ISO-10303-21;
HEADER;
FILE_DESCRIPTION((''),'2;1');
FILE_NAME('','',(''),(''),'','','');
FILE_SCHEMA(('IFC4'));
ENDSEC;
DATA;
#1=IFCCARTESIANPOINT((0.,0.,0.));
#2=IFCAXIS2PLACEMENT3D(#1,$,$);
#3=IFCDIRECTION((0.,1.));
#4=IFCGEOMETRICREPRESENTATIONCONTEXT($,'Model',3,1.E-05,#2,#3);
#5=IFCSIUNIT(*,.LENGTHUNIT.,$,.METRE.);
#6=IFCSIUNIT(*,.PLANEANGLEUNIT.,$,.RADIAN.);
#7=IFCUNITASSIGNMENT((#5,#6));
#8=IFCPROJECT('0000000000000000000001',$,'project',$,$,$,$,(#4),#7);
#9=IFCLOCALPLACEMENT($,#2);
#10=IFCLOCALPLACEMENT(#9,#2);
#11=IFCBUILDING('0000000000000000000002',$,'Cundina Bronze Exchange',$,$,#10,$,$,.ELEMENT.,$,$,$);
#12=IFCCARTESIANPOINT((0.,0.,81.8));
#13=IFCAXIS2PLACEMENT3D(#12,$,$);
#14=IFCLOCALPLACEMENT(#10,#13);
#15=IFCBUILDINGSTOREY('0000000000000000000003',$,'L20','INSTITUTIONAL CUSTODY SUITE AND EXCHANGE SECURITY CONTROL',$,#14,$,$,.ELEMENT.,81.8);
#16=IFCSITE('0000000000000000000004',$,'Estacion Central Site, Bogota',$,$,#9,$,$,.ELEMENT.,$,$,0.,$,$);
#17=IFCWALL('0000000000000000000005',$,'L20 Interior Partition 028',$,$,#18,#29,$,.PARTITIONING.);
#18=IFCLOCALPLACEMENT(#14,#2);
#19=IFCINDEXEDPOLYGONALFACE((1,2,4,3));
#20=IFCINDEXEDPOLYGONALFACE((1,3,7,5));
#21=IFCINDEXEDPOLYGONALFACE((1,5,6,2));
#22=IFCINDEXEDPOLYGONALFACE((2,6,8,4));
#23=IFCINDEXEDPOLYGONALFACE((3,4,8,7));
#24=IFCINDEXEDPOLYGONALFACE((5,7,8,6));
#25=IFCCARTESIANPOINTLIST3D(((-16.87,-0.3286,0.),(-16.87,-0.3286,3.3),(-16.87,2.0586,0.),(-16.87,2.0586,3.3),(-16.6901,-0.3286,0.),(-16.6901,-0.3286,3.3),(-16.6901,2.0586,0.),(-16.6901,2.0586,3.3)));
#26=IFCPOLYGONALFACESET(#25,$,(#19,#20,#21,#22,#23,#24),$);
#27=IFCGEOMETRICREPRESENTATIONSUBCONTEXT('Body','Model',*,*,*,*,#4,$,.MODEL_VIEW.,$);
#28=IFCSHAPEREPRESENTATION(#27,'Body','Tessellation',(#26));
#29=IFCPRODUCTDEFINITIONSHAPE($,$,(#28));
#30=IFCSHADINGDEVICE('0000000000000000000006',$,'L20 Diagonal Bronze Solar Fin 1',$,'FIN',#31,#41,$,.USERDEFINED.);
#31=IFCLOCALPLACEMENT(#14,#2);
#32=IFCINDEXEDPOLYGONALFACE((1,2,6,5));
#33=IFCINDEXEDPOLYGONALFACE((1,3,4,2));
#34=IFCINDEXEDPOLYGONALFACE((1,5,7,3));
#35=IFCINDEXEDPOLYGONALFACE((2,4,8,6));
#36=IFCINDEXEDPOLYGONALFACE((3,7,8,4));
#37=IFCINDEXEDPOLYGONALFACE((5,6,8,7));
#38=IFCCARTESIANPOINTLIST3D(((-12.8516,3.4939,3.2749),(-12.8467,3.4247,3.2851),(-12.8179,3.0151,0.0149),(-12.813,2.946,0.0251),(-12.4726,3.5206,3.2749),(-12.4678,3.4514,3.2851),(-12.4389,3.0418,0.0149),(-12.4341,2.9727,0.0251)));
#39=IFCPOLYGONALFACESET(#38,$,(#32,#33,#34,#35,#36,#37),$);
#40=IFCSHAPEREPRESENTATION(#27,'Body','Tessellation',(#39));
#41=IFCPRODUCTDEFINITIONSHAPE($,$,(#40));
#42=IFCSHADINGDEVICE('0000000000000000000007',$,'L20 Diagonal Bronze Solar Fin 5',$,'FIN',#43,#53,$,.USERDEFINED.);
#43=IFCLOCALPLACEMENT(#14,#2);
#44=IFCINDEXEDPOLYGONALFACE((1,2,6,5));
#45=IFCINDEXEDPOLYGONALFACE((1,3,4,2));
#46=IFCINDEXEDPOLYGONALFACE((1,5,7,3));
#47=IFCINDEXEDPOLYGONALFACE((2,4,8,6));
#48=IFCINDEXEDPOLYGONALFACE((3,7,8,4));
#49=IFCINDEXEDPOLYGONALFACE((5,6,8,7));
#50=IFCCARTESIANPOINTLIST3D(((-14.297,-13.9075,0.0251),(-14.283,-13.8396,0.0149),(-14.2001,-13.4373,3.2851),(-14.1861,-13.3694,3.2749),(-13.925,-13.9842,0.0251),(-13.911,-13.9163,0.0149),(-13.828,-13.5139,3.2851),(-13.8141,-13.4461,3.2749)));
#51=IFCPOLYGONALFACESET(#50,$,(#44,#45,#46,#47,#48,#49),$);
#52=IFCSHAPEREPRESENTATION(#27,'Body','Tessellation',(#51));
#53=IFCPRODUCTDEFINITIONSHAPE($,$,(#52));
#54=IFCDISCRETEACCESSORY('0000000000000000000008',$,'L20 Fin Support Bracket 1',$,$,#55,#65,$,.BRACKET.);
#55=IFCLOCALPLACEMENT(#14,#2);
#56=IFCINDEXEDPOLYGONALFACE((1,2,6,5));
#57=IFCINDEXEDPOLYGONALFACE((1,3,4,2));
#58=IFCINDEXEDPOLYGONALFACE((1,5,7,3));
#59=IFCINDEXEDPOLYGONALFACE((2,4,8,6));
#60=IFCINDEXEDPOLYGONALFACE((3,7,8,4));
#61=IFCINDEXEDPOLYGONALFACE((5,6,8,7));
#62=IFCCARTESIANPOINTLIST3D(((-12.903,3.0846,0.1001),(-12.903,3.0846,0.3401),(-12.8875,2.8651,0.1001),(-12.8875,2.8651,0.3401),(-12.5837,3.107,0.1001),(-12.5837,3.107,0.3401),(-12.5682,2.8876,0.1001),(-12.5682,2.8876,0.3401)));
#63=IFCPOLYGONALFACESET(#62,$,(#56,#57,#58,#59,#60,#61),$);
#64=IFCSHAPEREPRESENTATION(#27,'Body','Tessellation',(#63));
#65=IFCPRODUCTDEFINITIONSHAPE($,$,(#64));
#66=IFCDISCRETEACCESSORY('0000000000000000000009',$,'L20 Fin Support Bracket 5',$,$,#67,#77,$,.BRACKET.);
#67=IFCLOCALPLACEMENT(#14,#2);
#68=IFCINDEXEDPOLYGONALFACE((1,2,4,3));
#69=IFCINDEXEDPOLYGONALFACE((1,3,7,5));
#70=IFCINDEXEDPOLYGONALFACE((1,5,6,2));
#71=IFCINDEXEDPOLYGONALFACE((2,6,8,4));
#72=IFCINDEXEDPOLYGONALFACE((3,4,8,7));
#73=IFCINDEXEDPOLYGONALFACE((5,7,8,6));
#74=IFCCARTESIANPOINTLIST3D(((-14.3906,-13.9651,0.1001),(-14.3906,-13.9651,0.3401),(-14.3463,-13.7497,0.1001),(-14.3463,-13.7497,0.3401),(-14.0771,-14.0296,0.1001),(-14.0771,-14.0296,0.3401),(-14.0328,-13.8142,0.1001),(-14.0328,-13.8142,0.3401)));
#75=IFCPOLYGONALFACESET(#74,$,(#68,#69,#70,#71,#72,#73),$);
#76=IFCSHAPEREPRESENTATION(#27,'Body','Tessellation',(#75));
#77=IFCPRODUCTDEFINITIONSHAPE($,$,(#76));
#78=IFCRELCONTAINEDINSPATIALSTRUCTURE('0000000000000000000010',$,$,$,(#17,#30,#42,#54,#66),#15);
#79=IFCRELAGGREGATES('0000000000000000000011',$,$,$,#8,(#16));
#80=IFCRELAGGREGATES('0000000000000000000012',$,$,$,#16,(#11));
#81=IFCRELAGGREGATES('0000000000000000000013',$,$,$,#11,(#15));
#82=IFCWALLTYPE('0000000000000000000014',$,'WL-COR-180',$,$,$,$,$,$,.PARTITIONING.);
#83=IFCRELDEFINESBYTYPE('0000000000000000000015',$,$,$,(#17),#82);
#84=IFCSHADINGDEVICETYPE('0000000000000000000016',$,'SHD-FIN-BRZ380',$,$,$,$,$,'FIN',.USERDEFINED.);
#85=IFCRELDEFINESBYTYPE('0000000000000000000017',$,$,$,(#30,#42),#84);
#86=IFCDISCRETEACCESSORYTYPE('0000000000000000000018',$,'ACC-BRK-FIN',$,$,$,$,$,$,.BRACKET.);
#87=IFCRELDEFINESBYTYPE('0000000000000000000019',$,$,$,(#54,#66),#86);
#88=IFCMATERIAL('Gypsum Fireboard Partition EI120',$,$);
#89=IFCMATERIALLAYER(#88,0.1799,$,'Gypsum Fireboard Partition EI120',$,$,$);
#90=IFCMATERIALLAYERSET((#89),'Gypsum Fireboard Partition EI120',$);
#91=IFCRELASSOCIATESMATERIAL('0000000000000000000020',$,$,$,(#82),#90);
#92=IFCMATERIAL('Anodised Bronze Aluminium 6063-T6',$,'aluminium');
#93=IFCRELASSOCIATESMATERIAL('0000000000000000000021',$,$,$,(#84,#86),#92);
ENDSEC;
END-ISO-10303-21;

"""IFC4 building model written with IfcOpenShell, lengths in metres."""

from ifc_helpers import new_model, si_unit, direction, frame, frame_2d, origin, origin_2d, place, context, subcontext, project, spatial, rectangle, extrude, material, layer, layer_set, material_profile, profile_set, type_object, element, save


model = new_model("IFC4")

# Units and contexts
model_context = context("Model", 3, precision=1e-05, world=origin(), true_north=direction((0.0, 1.0)))
body_context = subcontext(model_context, "Body", "Model", "MODEL_VIEW")
ifc_project = project(units=[si_unit("LENGTHUNIT", "METRE"), si_unit("PLANEANGLEUNIT", "RADIAN")], contexts=[model_context])

# Site, building, storey
site_placement = place(None, origin())
site = spatial("IfcSite", under=ifc_project, at=site_placement, Name="Estacion Central Site, Bogota", CompositionType="ELEMENT", RefElevation=0.0)
building_placement = place(site_placement, origin())
building = spatial("IfcBuilding", under=site, at=building_placement, Name="Cundina Bronze Exchange", CompositionType="ELEMENT")
storey_placement = place(building_placement, frame((0.0, 0.0, 81.8)))
storey = spatial("IfcBuildingStorey", under=building, at=storey_placement, Name="L20", Description="INSTITUTIONAL CUSTODY SUITE AND EXCHANGE SECURITY CONTROL", CompositionType="ELEMENT", Elevation=81.8)

# Shared definitions
ifc_material_1 = material(Name="Anodised Bronze Aluminium 6063-T6", Category="aluminium")

# Wall
ifc_material_2 = material(Name="Gypsum Fireboard Partition EI120")
ifc_layer_1 = layer(ifc_material_2, 0.1799, Name="Gypsum Fireboard Partition EI120")
ifc_layer_set_1 = layer_set([ifc_layer_1], Name="Gypsum Fireboard Partition EI120")
wall_type = type_object("IfcWallType", Name="WL-COR-180", PredefinedType="PARTITIONING", material=ifc_layer_set_1)
wall_1_placement = place(storey_placement, frame((-16.78, -0.3286, 0.0), z_axis=(0.0, 0.0, 1.0), x_axis=(0.0, 1.0, 0.0)))
element("IfcWall", 1, at=wall_1_placement, inside=storey, type_object=wall_type, Name="L20 Interior Partition 028", PredefinedType="PARTITIONING", context=body_context, shape_type="SweptSolid", body=[
    extrude(rectangle(XDim=2.3872, YDim=0.1799, at=frame_2d((1.1936, 0.0))), origin(), (0.0, 0.0, 1.0), 3.3),
])

# Shading devices
ifc_material_profile_1 = material_profile(ifc_material_1, rectangle(XDim=0.0701, YDim=0.3799, at=origin_2d()), Name="FIN70X380", Category="aluminium")
ifc_profile_set_1 = profile_set([ifc_material_profile_1], Name="Anodised Bronze Aluminium 6063-T6")
shading_device_type = type_object("IfcShadingDeviceType", Name="SHD-FIN-BRZ380", ElementType="FIN", PredefinedType="USERDEFINED", material=ifc_profile_set_1)
for number, where, z_axis, x_axis, name in (
    (2, (-12.626, 2.9939, 0.02), (-0.010225, 0.145292, 0.989336), (0.06945, -0.986895, 0.145652), "L20 Diagonal Bronze Solar Fin 1"),
    (3, (-14.104, -13.9119, 0.02), (0.029414, 0.142698, 0.989329), (-0.199728, -0.968959, 0.145698), "L20 Diagonal Bronze Solar Fin 5"),
):
    element("IfcShadingDevice", number, at=place(storey_placement, frame(where, z_axis=z_axis, x_axis=x_axis)), inside=storey, type_object=shading_device_type, Name=name, ObjectType="FIN", PredefinedType="USERDEFINED", context=body_context, shape_type="SweptSolid", body=[
        extrude(rectangle(XDim=0.0701, YDim=0.3799, at=origin_2d()), origin(), (0.0, 0.0, 1.0), 3.2952),
    ])

# Discrete accessories
discrete_accessory_type = type_object("IfcDiscreteAccessoryType", Name="ACC-BRK-FIN", PredefinedType="BRACKET", material=ifc_material_1)
for number, where, z_axis, x_axis, name in (
    (4, (-12.7356, 2.9861, 0.1001), (0.0, 0.0, 1.0), (-0.070279, 0.997527, 0.0), "L20 Fin Support Bracket 1"),
    (5, (-14.2117, -13.8896, 0.1001), (0.0, 0.0, 1.0), (0.20142, 0.979505, 0.0), "L20 Fin Support Bracket 5"),
):
    element("IfcDiscreteAccessory", number, at=place(storey_placement, frame(where, z_axis=z_axis, x_axis=x_axis)), inside=storey, type_object=discrete_accessory_type, Name=name, PredefinedType="BRACKET", context=body_context, shape_type="SweptSolid", body=[
        extrude(rectangle(XDim=0.22, YDim=0.3201, at=origin_2d()), origin(), (0.0, 0.0, 1.0), 0.24),
    ])

save(model, "model.ifc")
